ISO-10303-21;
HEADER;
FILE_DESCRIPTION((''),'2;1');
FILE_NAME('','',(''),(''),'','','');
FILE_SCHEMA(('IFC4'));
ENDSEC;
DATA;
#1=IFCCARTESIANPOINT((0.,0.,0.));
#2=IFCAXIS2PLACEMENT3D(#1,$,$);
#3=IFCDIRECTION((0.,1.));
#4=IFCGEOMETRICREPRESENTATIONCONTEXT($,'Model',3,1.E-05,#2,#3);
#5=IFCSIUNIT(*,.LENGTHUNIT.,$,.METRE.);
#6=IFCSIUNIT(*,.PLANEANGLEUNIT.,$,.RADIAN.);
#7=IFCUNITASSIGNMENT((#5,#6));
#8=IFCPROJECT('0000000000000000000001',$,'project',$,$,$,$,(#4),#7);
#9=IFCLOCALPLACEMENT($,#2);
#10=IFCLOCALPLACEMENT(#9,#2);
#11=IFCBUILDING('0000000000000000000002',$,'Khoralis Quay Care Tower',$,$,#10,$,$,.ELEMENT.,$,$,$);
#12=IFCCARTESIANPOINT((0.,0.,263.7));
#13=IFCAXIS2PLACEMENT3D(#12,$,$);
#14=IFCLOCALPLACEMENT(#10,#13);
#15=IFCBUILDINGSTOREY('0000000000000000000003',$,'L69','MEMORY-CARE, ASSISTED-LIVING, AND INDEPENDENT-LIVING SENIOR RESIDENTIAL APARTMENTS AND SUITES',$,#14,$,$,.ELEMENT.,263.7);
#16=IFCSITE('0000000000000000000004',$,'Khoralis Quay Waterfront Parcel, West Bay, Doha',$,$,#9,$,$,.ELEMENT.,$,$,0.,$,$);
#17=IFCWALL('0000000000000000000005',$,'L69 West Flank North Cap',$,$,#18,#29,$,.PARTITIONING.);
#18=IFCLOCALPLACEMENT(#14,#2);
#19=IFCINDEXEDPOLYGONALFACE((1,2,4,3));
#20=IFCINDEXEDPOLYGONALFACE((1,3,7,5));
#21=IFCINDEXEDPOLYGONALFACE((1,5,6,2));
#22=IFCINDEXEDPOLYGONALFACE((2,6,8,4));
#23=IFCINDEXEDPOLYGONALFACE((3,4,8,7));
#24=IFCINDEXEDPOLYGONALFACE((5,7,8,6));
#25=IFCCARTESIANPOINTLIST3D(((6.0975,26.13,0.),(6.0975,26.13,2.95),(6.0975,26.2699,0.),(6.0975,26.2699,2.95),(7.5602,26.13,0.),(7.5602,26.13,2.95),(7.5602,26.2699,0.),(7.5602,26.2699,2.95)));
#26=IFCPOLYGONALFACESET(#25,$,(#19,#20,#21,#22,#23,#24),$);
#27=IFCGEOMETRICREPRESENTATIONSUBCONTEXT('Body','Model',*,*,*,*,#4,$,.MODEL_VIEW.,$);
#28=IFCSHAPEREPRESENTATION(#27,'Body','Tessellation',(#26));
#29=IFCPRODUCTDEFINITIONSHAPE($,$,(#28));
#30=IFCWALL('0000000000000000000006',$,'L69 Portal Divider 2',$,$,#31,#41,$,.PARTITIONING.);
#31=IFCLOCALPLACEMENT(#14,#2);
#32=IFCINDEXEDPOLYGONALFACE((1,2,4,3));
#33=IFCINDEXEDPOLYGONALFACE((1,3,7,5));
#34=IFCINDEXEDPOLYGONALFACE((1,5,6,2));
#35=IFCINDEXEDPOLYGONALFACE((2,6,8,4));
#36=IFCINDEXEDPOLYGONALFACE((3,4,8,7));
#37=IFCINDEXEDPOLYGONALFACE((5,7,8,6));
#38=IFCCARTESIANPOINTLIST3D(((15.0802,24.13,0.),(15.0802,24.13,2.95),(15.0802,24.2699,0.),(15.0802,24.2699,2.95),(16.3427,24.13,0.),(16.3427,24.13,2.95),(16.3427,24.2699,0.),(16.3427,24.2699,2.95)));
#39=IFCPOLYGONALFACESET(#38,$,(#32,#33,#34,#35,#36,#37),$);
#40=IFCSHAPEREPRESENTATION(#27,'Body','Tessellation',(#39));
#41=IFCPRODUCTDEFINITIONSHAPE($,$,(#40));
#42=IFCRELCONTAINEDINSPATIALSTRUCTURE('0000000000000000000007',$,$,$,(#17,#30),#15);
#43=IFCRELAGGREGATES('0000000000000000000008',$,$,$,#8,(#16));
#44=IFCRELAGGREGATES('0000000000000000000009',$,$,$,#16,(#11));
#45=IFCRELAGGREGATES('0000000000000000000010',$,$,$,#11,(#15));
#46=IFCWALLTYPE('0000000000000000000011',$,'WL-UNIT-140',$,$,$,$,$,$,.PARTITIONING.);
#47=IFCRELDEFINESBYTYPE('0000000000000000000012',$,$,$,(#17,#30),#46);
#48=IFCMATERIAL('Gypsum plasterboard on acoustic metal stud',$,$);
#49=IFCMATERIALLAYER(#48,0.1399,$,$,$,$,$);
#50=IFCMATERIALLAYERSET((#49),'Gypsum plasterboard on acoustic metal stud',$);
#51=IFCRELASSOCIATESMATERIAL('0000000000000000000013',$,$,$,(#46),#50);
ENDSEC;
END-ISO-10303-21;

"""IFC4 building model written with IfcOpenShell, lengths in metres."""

from ifc_helpers import new_model, si_unit, direction, frame, frame_2d, origin, place, context, subcontext, project, spatial, rectangle, extrude, material, layer, layer_set, type_object, element, save


model = new_model("IFC4")

# Units and contexts
model_context = context("Model", 3, precision=1e-05, world=origin(), true_north=direction((0.0, 1.0)))
body_context = subcontext(model_context, "Body", "Model", "MODEL_VIEW")
ifc_project = project(units=[si_unit("LENGTHUNIT", "METRE"), si_unit("PLANEANGLEUNIT", "RADIAN")], contexts=[model_context])

# Site, building, storey
site_placement = place(None, origin())
site = spatial("IfcSite", under=ifc_project, at=site_placement, Name="Khoralis Quay Waterfront Parcel, West Bay, Doha", CompositionType="ELEMENT", RefElevation=0.0)
building_placement = place(site_placement, origin())
building = spatial("IfcBuilding", under=site, at=building_placement, Name="Khoralis Quay Care Tower", CompositionType="ELEMENT")
storey_placement = place(building_placement, frame((0.0, 0.0, 263.7)))
storey = spatial("IfcBuildingStorey", under=building, at=storey_placement, Name="L69", Description="MEMORY-CARE, ASSISTED-LIVING, AND INDEPENDENT-LIVING SENIOR RESIDENTIAL APARTMENTS AND SUITES", CompositionType="ELEMENT", Elevation=263.7)

# Shared definitions
ifc_material_1 = material(Name="Gypsum plasterboard on acoustic metal stud")

# Shared definitions
ifc_layer_1 = layer(ifc_material_1, 0.1399)
ifc_layer_set_1 = layer_set([ifc_layer_1], Name="Gypsum plasterboard on acoustic metal stud")
wall_type_1 = type_object("IfcWallType", Name="WL-UNIT-140", PredefinedType="PARTITIONING", material=ifc_layer_set_1)

# Walls
wall_1_placement = place(storey_placement, frame((6.0974, 26.2, 0.0), z_axis=(0.0, 0.0, 1.0), x_axis=(1.0, 0.0, 0.0)))
element("IfcWall", 1, at=wall_1_placement, inside=storey, type_object=wall_type_1, Name="L69 West Flank North Cap", PredefinedType="PARTITIONING", context=body_context, shape_type="SweptSolid", body=[
    extrude(rectangle(XDim=1.4626, YDim=0.1399, at=frame_2d((0.7314, 0.0))), origin(), (0.0, 0.0, 1.0), 2.95),
])
wall_2_placement = place(storey_placement, frame((15.0801, 24.2, 0.0), z_axis=(0.0, 0.0, 1.0), x_axis=(1.0, 0.0, 0.0)))
element("IfcWall", 2, at=wall_2_placement, inside=storey, type_object=wall_type_1, Name="L69 Portal Divider 2", PredefinedType="PARTITIONING", context=body_context, shape_type="SweptSolid", body=[
    extrude(rectangle(XDim=1.2625, YDim=0.1399, at=frame_2d((0.6313, 0.0))), origin(), (0.0, 0.0, 1.0), 2.95),
])

save(model, "model.ifc")
